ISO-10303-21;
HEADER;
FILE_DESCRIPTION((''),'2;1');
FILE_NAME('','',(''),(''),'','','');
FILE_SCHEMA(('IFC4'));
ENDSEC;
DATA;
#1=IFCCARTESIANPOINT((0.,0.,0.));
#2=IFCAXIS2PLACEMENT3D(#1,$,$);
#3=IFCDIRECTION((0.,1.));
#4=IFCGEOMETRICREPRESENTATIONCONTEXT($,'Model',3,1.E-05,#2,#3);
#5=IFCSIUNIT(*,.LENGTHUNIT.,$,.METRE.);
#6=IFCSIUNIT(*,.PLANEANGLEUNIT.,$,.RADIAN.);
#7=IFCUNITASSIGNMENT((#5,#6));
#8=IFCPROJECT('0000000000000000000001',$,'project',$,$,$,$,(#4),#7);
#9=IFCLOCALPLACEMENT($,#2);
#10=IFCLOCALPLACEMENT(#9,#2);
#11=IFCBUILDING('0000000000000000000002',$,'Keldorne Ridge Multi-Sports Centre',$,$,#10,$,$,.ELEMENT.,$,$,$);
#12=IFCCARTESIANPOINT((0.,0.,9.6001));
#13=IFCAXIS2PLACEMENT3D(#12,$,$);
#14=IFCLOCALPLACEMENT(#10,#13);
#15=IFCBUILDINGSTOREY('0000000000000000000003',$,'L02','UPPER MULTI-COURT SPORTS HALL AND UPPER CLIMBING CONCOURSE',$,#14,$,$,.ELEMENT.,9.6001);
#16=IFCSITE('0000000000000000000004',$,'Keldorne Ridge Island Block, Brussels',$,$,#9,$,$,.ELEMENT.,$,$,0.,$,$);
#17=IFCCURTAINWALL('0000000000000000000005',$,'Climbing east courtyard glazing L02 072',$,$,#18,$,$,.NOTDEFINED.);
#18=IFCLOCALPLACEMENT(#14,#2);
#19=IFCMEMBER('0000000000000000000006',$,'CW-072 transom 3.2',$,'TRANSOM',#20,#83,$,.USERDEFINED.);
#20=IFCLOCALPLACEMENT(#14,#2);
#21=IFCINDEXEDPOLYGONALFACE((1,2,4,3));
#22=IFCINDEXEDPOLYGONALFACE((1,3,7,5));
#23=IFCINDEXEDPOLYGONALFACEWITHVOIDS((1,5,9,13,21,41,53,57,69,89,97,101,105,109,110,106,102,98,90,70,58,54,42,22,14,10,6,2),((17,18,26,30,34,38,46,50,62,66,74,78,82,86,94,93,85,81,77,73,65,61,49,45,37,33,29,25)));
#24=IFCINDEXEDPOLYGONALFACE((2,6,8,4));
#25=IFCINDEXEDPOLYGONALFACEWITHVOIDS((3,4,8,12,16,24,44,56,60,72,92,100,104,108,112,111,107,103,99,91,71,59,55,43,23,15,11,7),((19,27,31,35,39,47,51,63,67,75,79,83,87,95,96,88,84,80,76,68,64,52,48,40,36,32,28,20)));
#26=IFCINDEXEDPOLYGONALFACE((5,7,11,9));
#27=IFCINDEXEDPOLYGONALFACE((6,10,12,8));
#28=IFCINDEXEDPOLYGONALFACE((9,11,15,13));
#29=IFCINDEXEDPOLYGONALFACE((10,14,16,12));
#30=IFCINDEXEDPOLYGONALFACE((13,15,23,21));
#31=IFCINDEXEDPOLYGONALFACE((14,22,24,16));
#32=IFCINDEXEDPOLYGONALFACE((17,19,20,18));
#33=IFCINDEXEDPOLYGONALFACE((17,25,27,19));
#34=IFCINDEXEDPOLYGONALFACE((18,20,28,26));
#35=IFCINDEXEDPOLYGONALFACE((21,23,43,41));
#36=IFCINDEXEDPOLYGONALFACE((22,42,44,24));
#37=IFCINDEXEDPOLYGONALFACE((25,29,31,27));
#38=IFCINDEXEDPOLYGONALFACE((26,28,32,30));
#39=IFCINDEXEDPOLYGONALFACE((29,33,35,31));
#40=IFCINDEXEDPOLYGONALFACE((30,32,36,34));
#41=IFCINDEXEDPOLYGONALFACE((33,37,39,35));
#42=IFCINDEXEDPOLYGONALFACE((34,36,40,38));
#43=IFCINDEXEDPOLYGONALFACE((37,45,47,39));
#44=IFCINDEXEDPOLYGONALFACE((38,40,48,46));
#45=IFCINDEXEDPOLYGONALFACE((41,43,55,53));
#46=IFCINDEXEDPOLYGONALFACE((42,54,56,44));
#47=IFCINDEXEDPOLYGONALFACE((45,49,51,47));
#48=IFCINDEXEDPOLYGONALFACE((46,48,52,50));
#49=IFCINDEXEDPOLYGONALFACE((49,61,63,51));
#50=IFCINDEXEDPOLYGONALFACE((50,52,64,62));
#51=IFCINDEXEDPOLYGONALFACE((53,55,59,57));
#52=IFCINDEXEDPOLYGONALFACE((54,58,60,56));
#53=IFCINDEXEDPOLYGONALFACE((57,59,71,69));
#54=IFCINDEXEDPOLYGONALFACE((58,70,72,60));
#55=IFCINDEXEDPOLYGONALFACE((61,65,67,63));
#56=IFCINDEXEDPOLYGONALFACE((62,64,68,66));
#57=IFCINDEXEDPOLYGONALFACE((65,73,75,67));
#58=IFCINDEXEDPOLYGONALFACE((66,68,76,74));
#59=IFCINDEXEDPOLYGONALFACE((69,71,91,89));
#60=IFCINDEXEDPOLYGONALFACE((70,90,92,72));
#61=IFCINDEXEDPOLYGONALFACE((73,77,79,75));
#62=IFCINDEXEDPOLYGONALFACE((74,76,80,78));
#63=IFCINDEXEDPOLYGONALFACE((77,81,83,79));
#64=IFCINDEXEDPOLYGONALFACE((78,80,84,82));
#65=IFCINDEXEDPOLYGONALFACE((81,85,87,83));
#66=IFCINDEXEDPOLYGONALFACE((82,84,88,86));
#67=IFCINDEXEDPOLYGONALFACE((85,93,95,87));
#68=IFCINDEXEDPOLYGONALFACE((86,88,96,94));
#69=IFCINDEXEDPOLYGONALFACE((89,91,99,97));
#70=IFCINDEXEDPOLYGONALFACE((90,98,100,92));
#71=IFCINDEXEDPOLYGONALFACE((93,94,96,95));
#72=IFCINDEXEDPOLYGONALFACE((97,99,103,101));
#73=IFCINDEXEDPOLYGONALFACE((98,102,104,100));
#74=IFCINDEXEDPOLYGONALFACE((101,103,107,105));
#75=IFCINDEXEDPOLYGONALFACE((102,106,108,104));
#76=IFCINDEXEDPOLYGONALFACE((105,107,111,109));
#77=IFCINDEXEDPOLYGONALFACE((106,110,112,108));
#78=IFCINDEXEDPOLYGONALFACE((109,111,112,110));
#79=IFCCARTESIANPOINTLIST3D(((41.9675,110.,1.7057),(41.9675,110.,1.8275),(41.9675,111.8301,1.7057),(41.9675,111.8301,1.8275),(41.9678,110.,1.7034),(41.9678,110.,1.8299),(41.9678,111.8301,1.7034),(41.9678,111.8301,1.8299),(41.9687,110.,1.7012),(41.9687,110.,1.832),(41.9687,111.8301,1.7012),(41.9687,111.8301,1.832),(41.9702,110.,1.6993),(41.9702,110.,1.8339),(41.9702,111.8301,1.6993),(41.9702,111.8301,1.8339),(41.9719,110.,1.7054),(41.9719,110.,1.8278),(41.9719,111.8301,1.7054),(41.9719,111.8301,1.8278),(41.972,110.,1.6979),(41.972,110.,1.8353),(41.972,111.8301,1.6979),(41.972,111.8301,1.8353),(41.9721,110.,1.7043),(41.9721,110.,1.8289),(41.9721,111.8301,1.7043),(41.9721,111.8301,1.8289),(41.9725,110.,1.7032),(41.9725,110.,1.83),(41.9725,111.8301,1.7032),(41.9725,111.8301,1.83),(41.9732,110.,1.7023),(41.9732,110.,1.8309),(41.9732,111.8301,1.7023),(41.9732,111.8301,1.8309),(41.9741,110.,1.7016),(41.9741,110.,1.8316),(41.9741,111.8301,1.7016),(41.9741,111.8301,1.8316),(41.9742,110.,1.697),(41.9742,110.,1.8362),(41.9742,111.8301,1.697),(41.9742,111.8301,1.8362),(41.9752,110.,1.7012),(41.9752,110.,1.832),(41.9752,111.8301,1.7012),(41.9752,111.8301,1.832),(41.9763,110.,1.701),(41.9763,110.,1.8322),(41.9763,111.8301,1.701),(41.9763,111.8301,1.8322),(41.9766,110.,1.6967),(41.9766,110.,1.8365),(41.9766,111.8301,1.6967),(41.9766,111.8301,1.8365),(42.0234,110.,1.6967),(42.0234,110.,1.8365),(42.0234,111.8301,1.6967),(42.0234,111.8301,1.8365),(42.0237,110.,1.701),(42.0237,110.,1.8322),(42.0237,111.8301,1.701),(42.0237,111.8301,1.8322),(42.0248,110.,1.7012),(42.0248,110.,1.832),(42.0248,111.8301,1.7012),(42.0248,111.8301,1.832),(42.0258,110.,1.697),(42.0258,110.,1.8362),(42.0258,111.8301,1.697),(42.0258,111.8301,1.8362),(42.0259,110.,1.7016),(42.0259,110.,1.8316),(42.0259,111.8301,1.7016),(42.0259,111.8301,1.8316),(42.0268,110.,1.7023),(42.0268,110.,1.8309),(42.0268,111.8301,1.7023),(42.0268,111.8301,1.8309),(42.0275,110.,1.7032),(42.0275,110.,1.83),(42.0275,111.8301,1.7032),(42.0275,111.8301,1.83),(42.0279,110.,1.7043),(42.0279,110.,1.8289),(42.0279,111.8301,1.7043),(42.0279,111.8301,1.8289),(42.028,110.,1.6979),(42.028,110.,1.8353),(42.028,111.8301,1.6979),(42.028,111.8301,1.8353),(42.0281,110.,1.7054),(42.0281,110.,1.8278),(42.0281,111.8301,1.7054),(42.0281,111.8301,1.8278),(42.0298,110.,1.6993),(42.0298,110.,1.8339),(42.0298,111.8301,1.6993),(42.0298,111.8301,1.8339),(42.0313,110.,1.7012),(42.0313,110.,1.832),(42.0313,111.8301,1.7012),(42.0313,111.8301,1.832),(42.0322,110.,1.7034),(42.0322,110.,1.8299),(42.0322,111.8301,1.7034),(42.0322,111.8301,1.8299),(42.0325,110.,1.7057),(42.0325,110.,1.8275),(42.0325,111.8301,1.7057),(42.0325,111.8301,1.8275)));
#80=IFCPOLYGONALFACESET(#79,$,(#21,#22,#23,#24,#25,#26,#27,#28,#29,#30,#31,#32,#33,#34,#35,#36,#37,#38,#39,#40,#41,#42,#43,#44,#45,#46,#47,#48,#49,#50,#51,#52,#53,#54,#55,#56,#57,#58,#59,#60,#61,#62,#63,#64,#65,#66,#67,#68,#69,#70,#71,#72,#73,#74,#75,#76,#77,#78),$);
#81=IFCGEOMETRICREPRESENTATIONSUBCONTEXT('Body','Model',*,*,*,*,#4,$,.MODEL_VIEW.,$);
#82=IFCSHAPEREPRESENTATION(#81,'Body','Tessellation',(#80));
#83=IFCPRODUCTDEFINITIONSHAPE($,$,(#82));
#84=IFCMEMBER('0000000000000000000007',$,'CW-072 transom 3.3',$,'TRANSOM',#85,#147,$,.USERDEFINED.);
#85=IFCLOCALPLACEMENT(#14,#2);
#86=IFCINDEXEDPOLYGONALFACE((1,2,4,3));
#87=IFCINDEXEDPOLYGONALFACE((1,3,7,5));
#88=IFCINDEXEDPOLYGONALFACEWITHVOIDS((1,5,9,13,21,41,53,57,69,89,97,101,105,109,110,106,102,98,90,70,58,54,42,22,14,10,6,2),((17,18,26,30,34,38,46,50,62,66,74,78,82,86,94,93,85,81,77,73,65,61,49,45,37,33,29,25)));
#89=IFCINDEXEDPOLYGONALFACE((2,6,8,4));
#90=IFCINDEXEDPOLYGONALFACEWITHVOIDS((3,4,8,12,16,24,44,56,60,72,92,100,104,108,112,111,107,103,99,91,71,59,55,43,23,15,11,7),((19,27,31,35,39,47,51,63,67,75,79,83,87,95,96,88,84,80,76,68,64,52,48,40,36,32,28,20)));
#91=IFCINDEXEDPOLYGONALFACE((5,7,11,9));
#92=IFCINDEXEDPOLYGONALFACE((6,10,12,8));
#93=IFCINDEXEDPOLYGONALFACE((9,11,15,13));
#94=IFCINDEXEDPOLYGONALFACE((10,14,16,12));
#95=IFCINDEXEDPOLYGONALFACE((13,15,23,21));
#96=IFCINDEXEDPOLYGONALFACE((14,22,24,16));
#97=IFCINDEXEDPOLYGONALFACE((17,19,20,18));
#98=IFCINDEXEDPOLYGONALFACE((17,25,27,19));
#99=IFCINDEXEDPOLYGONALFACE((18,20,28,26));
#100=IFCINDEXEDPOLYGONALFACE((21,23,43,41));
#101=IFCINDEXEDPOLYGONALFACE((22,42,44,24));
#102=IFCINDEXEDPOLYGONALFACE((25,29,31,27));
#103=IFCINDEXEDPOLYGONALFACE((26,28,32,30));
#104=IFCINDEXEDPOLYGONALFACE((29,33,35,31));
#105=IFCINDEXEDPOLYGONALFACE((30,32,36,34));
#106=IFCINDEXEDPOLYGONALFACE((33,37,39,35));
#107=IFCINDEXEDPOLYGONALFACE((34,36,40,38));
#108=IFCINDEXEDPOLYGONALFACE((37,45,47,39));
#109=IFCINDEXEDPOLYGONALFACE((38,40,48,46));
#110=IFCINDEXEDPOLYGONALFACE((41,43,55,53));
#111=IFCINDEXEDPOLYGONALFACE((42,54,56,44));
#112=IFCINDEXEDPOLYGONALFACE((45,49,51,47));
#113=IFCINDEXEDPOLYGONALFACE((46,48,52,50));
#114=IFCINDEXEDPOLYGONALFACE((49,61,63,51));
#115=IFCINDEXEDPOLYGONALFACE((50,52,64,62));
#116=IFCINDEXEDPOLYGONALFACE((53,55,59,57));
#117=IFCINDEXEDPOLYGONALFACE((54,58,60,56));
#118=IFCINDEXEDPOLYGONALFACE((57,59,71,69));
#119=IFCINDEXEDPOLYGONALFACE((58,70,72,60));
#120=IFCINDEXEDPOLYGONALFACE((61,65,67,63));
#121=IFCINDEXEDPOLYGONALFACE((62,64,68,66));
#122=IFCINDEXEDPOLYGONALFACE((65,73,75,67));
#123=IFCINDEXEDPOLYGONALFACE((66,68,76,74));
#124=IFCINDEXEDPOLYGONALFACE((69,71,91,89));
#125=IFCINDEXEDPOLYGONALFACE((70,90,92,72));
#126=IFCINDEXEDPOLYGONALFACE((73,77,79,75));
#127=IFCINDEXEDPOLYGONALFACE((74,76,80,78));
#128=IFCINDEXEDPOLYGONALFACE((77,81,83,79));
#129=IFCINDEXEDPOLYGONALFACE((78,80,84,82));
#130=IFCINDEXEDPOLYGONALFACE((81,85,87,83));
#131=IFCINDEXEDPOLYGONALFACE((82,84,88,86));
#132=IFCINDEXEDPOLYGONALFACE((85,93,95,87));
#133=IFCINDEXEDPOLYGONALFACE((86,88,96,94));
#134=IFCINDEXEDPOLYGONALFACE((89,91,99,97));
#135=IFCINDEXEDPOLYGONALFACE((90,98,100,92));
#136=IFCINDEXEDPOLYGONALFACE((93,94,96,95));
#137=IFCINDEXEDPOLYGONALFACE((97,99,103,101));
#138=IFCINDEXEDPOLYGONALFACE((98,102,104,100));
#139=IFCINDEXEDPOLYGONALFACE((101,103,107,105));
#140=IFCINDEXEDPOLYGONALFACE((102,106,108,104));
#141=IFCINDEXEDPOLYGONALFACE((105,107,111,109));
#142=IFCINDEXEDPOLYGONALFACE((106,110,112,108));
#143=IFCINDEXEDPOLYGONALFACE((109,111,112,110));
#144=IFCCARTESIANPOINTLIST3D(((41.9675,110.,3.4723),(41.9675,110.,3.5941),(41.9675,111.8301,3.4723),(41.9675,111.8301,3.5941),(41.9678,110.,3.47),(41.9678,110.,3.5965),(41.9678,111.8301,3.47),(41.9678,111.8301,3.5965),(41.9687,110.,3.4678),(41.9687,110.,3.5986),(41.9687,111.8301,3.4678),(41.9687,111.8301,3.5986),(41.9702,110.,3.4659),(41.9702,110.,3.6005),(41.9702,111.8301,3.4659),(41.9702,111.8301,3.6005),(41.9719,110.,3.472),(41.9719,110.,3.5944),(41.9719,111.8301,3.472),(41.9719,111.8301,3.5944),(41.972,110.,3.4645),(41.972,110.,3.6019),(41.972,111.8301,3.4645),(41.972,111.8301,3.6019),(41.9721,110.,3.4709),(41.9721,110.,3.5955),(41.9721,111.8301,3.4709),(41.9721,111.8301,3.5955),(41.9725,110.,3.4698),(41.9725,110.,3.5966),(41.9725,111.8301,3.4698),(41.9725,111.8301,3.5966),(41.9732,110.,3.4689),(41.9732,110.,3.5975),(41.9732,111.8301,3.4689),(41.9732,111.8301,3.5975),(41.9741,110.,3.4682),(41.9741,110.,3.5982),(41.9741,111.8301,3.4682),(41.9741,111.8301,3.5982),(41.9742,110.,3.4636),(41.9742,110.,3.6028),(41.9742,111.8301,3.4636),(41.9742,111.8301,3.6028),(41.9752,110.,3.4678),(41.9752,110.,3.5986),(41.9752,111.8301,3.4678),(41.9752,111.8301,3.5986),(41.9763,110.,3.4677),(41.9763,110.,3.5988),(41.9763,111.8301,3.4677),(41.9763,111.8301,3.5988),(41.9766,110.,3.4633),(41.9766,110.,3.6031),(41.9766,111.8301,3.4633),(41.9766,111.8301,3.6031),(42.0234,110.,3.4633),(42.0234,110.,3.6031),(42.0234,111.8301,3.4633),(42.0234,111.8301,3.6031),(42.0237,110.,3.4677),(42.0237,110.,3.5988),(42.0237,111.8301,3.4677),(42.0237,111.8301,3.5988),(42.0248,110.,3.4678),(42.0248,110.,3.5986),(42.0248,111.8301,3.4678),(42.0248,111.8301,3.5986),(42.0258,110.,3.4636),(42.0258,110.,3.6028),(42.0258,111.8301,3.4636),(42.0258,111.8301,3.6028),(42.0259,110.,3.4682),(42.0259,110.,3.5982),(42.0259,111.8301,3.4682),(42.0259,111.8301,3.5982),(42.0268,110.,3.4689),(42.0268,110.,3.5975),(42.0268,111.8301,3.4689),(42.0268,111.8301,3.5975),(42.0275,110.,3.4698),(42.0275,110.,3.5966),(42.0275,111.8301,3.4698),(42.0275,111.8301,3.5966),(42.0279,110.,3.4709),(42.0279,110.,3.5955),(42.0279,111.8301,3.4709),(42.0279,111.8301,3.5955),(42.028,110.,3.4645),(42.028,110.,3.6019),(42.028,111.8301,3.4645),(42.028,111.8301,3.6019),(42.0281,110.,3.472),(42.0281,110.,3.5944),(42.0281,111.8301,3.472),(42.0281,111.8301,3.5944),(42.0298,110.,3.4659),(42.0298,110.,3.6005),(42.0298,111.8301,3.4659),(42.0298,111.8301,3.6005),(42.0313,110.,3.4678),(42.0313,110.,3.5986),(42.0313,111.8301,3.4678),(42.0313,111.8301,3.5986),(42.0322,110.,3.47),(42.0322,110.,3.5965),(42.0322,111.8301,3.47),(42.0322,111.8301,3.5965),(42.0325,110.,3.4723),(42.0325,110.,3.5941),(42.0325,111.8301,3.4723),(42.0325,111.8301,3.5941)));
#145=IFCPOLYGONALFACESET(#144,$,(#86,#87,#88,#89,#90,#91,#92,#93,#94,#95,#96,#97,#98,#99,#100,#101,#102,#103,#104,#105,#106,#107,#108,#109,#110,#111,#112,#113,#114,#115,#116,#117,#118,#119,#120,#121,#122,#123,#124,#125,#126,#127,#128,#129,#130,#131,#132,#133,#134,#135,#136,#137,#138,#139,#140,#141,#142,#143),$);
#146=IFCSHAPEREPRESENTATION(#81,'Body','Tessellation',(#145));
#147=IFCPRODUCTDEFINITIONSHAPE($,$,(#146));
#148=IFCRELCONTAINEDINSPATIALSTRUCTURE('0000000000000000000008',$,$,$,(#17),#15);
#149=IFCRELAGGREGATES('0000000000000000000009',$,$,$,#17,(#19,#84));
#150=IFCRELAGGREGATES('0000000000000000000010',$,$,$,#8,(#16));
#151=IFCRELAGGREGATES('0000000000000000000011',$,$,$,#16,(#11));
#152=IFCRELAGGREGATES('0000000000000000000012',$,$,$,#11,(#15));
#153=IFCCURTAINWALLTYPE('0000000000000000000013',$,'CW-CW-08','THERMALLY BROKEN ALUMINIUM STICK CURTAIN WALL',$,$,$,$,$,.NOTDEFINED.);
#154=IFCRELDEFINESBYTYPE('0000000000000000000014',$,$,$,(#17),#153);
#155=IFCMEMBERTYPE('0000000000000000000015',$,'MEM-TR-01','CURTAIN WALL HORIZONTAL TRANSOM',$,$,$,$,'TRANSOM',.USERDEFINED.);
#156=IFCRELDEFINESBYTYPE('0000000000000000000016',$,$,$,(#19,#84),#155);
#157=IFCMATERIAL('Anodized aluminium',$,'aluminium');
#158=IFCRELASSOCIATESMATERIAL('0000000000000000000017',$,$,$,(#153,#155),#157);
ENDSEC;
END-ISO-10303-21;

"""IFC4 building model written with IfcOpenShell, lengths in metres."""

from ifc_helpers import new_model, si_unit, direction, frame, origin, origin_2d, place, context, subcontext, project, spatial, hollow_rectangle, extrude, material, material_profile, profile_set, type_object, element, aggregate, save


model = new_model("IFC4")

# Units and contexts
model_context = context("Model", 3, precision=1e-05, world=origin(), true_north=direction((0.0, 1.0)))
body_context = subcontext(model_context, "Body", "Model", "MODEL_VIEW")
ifc_project = project(units=[si_unit("LENGTHUNIT", "METRE"), si_unit("PLANEANGLEUNIT", "RADIAN")], contexts=[model_context])

# Site, building, storey
site_placement = place(None, origin())
site = spatial("IfcSite", under=ifc_project, at=site_placement, Name="Keldorne Ridge Island Block, Brussels", CompositionType="ELEMENT", RefElevation=0.0)
building_placement = place(site_placement, origin())
building = spatial("IfcBuilding", under=site, at=building_placement, Name="Keldorne Ridge Multi-Sports Centre", CompositionType="ELEMENT")
storey_placement = place(building_placement, frame((0.0, 0.0, 9.6001)))
storey = spatial("IfcBuildingStorey", under=building, at=storey_placement, Name="L02", Description="UPPER MULTI-COURT SPORTS HALL AND UPPER CLIMBING CONCOURSE", CompositionType="ELEMENT", Elevation=9.6001)

# Curtain wall, members
ifc_material_1 = material(Name="Anodized aluminium", Category="aluminium")
curtain_wall_type = type_object("IfcCurtainWallType", Name="CW-CW-08", Description="THERMALLY BROKEN ALUMINIUM STICK CURTAIN WALL", PredefinedType="NOTDEFINED", material=ifc_material_1)
curtain_wall_placement = place(storey_placement, origin())
curtain_wall = element("IfcCurtainWall", 1, at=curtain_wall_placement, inside=storey, type_object=curtain_wall_type, Name="Climbing east courtyard glazing L02 072", PredefinedType="NOTDEFINED")
ifc_material_profile_1 = material_profile(ifc_material_1, hollow_rectangle(XDim=0.0649, YDim=0.1399, WallThickness=0.0044, InnerFilletRadius=0.0044, OuterFilletRadius=0.009, at=origin_2d()), Name="ALU TRANSOM 140x65x4.5")
ifc_profile_set_1 = profile_set([ifc_material_profile_1], Name="Anodized aluminium")
member_type_1 = type_object("IfcMemberType", Name="MEM-TR-01", Description="CURTAIN WALL HORIZONTAL TRANSOM", ElementType="TRANSOM", PredefinedType="USERDEFINED", material=ifc_profile_set_1)
member_1_placement = place(storey_placement, frame((42.0, 110.0, 1.7666), z_axis=(0.0, 1.0, 0.0), x_axis=(-1.0, 0.0, 0.0)))
member_1 = element("IfcMember", 2, at=member_1_placement, type_object=member_type_1, Name="CW-072 transom 3.2", ObjectType="TRANSOM", PredefinedType="USERDEFINED", context=body_context, shape_type="SweptSolid", body=[
    extrude(hollow_rectangle(XDim=0.0649, YDim=0.1399, WallThickness=0.0044, InnerFilletRadius=0.0044, OuterFilletRadius=0.009, at=origin_2d()), origin(), (0.0, 0.0, 1.0), 1.8301),
])
member_2_placement = place(storey_placement, frame((42.0, 110.0, 3.5332), z_axis=(0.0, 1.0, 0.0), x_axis=(-1.0, 0.0, 0.0)))
member_2 = element("IfcMember", 3, at=member_2_placement, type_object=member_type_1, Name="CW-072 transom 3.3", ObjectType="TRANSOM", PredefinedType="USERDEFINED", context=body_context, shape_type="SweptSolid", body=[
    extrude(hollow_rectangle(XDim=0.0649, YDim=0.1399, WallThickness=0.0044, InnerFilletRadius=0.0044, OuterFilletRadius=0.009, at=origin_2d()), origin(), (0.0, 0.0, 1.0), 1.8301),
])
aggregate(curtain_wall, [member_1, member_2])

save(model, "model.ifc")
